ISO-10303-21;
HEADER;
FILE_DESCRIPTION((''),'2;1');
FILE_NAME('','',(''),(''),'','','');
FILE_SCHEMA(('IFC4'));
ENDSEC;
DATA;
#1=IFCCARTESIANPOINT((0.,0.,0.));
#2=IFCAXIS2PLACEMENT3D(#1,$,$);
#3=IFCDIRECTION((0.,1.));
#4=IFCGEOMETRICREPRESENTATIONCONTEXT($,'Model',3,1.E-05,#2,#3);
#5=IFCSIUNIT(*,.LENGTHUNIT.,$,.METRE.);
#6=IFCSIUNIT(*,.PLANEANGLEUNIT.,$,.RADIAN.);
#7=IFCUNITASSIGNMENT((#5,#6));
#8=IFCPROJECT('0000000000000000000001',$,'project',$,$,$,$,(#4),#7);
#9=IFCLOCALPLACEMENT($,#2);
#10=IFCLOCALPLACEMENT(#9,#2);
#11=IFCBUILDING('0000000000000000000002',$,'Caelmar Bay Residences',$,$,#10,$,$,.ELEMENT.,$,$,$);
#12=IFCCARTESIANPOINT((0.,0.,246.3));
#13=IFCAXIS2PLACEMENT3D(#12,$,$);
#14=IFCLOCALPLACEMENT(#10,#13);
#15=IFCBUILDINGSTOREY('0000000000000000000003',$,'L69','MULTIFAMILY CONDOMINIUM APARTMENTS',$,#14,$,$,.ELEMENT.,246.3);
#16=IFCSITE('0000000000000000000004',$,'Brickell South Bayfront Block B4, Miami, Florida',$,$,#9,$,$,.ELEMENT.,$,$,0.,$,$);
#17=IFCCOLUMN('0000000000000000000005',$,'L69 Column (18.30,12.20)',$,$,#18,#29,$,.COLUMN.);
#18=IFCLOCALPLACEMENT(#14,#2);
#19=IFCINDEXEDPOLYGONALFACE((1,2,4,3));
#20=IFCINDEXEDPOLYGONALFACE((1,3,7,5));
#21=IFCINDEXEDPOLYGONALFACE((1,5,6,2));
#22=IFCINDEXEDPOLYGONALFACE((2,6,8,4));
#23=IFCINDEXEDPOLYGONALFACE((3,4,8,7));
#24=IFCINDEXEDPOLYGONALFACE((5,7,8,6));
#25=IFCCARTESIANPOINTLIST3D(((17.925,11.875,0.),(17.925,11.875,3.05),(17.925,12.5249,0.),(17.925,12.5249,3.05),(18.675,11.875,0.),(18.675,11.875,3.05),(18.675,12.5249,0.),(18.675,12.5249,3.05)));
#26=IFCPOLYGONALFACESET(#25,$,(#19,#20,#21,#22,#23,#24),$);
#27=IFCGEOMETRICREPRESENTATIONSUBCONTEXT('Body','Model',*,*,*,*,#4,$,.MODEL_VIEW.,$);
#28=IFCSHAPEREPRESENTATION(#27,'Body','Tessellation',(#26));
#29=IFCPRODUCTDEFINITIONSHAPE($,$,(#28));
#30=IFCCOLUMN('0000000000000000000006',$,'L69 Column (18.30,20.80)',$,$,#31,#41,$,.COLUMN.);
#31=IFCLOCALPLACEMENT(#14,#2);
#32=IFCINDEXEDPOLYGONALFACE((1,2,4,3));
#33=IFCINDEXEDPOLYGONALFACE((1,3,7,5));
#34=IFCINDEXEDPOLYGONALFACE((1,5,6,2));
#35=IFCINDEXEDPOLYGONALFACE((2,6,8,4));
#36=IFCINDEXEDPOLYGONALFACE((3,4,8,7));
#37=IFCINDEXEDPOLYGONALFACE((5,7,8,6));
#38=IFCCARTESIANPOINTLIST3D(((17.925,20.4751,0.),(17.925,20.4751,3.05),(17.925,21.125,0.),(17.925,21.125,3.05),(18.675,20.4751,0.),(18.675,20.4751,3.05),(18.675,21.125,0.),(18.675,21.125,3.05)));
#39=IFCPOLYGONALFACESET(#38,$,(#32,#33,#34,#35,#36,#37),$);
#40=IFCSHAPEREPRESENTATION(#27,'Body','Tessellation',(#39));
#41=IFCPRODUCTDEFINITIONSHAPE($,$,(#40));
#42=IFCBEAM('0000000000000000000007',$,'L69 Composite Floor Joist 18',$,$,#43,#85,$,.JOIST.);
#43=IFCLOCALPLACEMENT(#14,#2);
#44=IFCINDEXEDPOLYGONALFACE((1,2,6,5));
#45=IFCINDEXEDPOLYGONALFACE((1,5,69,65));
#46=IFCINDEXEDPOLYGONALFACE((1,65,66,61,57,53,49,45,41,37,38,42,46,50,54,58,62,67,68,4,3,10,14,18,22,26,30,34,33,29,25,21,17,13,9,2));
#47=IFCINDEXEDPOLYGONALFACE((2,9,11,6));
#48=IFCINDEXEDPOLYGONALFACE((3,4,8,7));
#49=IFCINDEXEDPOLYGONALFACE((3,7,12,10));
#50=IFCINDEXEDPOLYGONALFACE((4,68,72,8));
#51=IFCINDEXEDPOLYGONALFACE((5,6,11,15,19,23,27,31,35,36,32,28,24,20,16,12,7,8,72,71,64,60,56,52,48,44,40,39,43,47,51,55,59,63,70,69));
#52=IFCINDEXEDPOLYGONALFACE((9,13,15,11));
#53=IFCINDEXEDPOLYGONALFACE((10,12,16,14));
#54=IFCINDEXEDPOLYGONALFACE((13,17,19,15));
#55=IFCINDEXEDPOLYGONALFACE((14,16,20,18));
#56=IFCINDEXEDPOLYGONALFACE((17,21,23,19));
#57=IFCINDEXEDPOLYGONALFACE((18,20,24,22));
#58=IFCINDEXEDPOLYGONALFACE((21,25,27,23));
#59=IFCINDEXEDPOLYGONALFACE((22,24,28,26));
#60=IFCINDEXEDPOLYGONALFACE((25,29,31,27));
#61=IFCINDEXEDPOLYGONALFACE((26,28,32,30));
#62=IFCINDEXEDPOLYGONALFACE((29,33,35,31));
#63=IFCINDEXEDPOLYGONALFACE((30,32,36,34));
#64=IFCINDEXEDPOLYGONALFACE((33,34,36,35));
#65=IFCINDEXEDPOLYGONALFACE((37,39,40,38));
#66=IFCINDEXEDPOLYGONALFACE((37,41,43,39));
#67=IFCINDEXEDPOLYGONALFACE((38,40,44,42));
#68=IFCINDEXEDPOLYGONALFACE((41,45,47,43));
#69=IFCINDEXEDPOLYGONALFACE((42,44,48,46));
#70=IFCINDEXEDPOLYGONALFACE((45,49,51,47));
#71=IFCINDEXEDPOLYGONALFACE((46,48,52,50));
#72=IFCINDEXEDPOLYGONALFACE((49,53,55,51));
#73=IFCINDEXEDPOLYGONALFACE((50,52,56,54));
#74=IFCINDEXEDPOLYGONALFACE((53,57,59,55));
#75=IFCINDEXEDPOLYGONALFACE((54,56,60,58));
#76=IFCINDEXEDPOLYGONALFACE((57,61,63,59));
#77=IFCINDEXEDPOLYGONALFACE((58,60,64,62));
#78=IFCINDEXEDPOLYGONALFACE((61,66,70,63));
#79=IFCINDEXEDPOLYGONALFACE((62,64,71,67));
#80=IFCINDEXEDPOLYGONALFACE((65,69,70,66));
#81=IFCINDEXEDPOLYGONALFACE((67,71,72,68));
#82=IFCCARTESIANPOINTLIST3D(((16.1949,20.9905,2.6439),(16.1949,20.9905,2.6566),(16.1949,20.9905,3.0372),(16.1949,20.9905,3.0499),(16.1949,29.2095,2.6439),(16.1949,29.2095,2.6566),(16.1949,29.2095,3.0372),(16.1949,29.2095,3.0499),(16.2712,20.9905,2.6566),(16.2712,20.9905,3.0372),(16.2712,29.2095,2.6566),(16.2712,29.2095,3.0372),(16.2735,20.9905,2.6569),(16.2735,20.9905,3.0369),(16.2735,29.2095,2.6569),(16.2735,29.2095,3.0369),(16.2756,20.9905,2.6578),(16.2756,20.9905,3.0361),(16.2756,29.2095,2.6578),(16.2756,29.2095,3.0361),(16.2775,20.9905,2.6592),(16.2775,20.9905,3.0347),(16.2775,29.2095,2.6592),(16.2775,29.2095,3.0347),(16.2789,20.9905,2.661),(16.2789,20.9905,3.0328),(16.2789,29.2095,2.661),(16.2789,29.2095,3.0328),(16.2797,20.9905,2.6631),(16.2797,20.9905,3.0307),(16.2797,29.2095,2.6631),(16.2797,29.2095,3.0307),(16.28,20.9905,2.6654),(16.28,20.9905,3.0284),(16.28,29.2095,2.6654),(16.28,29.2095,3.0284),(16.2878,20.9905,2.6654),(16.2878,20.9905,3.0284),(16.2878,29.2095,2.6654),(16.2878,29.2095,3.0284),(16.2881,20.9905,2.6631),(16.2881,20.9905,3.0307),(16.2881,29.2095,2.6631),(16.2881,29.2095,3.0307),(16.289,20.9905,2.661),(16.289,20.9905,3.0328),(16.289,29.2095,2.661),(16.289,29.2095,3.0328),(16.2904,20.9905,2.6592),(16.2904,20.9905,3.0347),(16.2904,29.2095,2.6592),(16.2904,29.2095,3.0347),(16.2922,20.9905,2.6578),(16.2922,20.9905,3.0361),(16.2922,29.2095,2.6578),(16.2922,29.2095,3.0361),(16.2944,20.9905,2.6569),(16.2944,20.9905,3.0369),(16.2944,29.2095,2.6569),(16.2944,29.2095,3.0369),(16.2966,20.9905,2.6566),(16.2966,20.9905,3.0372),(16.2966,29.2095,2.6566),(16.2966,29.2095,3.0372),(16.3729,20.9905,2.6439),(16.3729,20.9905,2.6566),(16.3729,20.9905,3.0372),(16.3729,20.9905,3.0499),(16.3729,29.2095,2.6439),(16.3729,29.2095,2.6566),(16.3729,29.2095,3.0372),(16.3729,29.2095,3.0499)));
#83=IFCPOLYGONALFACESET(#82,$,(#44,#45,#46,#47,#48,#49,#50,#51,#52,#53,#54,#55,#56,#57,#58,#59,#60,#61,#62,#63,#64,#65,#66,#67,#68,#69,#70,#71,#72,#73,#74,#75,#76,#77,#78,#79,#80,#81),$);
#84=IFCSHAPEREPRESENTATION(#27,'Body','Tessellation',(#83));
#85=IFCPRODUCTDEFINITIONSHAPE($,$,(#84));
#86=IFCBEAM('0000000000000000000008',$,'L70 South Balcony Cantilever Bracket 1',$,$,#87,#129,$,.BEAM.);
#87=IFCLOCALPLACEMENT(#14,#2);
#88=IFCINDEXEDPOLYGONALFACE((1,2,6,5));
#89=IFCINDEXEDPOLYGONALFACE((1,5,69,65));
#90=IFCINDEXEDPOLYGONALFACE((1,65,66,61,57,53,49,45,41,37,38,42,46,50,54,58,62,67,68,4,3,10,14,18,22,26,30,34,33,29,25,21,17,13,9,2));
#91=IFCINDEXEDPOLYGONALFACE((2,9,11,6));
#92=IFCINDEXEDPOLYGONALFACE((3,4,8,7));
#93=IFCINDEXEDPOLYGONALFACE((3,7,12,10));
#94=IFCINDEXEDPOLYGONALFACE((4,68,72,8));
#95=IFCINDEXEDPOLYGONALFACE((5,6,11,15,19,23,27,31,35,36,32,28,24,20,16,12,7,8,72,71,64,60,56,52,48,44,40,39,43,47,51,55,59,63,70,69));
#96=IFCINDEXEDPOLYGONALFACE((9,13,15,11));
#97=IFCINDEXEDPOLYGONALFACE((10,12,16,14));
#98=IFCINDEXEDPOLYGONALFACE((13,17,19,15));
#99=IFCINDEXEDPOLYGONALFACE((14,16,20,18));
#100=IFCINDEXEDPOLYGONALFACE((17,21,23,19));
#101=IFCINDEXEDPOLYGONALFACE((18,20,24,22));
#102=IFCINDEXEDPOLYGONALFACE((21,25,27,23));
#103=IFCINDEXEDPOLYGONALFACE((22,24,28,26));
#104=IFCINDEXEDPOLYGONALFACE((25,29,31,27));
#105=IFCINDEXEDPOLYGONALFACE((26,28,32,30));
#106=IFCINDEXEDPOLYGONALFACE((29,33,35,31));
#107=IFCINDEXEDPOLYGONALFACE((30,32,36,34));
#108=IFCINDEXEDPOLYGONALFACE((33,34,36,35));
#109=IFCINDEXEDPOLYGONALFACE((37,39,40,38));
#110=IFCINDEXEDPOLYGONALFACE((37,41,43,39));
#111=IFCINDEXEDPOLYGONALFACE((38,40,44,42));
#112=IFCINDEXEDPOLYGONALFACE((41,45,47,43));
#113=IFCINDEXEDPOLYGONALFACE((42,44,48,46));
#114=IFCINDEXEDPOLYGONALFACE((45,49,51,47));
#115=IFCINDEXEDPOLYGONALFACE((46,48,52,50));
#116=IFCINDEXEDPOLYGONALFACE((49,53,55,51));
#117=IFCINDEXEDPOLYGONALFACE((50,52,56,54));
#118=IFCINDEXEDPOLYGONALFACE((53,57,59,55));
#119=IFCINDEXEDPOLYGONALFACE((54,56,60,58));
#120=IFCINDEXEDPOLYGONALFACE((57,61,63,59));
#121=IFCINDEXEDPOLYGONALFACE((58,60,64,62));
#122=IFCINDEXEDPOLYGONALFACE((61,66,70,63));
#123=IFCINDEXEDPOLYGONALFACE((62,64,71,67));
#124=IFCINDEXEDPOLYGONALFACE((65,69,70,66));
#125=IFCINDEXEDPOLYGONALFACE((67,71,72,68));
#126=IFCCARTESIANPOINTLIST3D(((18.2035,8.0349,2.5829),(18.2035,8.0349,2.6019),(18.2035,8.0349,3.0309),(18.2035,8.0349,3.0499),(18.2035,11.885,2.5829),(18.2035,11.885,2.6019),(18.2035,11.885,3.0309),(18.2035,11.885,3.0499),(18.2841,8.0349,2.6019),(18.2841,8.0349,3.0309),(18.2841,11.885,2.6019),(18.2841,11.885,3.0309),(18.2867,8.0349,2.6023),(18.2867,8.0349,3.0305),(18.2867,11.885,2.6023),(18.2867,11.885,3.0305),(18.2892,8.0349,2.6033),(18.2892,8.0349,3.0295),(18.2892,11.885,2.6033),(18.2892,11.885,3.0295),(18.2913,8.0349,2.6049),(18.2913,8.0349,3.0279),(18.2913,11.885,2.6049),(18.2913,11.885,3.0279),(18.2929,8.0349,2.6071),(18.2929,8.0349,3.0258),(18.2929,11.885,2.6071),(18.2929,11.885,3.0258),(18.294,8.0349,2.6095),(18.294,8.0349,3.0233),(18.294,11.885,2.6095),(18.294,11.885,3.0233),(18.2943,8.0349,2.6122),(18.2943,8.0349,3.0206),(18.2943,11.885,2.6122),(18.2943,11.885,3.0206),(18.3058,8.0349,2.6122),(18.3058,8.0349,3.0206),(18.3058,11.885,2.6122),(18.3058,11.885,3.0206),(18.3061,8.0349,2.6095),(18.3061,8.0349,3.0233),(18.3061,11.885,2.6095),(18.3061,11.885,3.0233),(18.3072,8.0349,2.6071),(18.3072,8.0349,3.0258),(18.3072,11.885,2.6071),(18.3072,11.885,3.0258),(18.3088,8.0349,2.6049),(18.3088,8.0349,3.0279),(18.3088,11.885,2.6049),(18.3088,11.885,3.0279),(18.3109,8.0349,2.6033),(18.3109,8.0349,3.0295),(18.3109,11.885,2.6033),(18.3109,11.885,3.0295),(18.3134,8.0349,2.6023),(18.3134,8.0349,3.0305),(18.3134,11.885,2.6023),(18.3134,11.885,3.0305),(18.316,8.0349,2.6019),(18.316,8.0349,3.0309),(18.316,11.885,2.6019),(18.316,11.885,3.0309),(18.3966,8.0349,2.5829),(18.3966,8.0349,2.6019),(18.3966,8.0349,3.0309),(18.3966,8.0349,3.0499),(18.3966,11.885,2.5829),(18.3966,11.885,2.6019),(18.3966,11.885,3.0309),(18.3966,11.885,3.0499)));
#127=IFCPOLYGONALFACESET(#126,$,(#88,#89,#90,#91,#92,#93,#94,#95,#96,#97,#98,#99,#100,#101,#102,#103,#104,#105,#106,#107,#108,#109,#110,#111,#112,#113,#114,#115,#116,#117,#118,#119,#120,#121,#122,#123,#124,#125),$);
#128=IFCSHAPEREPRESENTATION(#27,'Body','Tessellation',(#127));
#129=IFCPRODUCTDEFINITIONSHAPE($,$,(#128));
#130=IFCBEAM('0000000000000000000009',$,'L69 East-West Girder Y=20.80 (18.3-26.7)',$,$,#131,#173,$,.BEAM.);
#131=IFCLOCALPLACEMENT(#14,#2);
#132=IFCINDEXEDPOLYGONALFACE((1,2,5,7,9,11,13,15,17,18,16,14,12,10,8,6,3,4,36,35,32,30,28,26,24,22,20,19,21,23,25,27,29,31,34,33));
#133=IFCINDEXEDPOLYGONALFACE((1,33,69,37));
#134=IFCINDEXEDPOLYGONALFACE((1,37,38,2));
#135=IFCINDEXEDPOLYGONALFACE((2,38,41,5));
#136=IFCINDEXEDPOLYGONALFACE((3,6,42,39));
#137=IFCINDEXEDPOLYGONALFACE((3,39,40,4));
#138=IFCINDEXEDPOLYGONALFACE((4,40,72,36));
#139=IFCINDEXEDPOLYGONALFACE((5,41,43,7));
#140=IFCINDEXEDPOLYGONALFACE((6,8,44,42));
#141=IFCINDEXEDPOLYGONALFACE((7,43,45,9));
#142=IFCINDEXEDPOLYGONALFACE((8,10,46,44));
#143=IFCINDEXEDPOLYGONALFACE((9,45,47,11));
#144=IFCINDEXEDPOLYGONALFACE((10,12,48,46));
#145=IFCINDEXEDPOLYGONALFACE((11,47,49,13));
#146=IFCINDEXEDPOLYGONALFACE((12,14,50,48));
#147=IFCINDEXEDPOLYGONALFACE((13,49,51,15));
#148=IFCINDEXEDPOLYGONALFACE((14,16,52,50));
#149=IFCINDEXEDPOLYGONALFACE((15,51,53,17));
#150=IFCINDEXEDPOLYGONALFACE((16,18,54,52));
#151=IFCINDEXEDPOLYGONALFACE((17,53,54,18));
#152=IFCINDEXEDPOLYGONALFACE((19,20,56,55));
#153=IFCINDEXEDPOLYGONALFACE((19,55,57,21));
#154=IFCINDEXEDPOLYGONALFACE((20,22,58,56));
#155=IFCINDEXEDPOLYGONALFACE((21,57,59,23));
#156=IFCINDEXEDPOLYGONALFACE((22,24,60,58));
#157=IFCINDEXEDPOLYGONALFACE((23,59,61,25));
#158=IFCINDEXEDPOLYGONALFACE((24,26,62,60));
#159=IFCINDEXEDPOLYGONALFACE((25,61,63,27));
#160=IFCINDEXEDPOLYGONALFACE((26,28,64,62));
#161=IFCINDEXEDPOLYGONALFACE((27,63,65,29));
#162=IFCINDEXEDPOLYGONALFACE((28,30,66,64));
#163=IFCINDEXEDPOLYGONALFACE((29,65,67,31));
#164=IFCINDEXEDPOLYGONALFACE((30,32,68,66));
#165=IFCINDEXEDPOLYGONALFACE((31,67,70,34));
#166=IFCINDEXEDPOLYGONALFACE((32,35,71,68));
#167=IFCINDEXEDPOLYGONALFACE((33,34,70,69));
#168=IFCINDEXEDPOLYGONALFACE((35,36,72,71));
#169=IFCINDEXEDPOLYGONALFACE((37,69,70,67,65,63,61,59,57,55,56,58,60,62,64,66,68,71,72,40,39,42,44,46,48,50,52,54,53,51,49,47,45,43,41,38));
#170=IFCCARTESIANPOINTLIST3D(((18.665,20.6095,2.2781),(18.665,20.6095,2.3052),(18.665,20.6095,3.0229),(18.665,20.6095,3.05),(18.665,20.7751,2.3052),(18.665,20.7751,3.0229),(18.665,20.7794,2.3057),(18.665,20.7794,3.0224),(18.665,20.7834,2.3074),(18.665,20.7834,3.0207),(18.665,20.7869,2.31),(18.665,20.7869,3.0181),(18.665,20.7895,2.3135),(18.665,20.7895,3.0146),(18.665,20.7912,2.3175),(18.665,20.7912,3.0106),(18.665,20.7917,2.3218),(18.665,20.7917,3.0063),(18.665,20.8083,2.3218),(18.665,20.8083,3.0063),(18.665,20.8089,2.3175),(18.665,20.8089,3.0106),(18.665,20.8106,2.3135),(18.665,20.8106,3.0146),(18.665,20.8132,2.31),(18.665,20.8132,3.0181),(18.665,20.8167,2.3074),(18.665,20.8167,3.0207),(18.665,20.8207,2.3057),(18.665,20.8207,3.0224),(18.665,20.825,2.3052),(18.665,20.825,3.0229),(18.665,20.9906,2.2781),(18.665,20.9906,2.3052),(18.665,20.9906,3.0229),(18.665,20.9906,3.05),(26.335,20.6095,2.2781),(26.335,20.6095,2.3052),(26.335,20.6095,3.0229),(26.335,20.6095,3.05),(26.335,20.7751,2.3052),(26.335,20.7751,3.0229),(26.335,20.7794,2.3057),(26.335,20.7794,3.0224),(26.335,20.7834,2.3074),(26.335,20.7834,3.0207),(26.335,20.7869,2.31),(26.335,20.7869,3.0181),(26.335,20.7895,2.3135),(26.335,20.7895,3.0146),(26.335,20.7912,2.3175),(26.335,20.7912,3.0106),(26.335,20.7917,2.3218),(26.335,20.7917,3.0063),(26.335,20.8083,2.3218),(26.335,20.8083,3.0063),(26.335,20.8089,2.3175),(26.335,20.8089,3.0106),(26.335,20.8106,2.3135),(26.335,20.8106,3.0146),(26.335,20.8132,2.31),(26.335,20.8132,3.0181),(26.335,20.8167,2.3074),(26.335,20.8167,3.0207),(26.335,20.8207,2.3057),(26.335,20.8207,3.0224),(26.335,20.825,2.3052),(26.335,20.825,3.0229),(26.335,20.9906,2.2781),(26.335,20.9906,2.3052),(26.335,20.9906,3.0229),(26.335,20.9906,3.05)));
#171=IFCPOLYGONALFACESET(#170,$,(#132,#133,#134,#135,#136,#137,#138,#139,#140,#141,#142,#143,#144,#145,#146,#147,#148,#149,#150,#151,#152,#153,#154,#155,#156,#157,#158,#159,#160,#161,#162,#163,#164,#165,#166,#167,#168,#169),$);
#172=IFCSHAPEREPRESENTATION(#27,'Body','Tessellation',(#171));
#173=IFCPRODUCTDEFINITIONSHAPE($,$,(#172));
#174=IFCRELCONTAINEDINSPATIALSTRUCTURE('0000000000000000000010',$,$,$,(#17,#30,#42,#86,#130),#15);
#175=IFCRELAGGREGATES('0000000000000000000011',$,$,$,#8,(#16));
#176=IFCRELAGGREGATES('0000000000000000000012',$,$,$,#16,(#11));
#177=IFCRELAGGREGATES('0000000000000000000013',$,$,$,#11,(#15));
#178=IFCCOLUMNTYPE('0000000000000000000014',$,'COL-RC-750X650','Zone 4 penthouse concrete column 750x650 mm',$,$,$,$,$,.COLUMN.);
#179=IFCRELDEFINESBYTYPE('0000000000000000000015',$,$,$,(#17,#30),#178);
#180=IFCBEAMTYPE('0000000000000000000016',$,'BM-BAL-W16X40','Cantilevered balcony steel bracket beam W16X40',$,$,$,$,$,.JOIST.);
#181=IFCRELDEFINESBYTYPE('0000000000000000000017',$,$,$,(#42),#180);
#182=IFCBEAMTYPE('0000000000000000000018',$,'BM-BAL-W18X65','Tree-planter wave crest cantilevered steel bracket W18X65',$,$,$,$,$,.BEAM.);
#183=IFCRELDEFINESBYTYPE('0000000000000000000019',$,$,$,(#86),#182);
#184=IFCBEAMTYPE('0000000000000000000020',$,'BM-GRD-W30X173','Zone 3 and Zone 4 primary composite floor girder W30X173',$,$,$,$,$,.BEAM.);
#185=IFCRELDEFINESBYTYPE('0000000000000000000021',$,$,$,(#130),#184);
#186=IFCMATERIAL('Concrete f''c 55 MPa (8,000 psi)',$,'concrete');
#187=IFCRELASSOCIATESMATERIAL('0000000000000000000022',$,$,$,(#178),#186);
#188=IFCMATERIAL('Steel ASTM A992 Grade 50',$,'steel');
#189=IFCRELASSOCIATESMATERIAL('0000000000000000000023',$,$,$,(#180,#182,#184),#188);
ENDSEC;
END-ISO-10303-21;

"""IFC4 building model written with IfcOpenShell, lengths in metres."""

from ifc_helpers import new_model, si_unit, direction, frame, origin, origin_2d, place, context, subcontext, project, spatial, rectangle, i_section, extrude, material, material_profile, profile_set, type_object, element, save


model = new_model("IFC4")

# Units and contexts
model_context = context("Model", 3, precision=1e-05, world=origin(), true_north=direction((0.0, 1.0)))
body_context = subcontext(model_context, "Body", "Model", "MODEL_VIEW")
ifc_project = project(units=[si_unit("LENGTHUNIT", "METRE"), si_unit("PLANEANGLEUNIT", "RADIAN")], contexts=[model_context])

# Site, building, storey
site_placement = place(None, origin())
site = spatial("IfcSite", under=ifc_project, at=site_placement, Name="Brickell South Bayfront Block B4, Miami, Florida", CompositionType="ELEMENT", RefElevation=0.0)
building_placement = place(site_placement, origin())
building = spatial("IfcBuilding", under=site, at=building_placement, Name="Caelmar Bay Residences", CompositionType="ELEMENT")
storey_placement = place(building_placement, frame((0.0, 0.0, 246.3)))
storey = spatial("IfcBuildingStorey", under=building, at=storey_placement, Name="L69", Description="MULTIFAMILY CONDOMINIUM APARTMENTS", CompositionType="ELEMENT", Elevation=246.3)

# Columns
ifc_material_1 = material(Name="Concrete f'c 55 MPa (8,000 psi)", Category="concrete")
ifc_material_profile_1 = material_profile(ifc_material_1, rectangle(XDim=0.75, YDim=0.6499, at=origin_2d()), Name="RC-COL-750X650")
ifc_profile_set_1 = profile_set([ifc_material_profile_1], Name="Concrete f'c 55 MPa (8,000 psi)")
column_type = type_object("IfcColumnType", Name="COL-RC-750X650", Description="Zone 4 penthouse concrete column 750x650 mm", PredefinedType="COLUMN", material=ifc_profile_set_1)
for number, where, z_axis, x_axis, name in (
    (1, (18.3, 12.2, 0.0), (0.0, 0.0, 1.0), (1.0, 0.0, 0.0), "L69 Column (18.30,12.20)"),
    (2, (18.3, 20.8, 0.0), (0.0, 0.0, 1.0), (1.0, 0.0, 0.0), "L69 Column (18.30,20.80)"),
):
    element("IfcColumn", number, at=place(storey_placement, frame(where, z_axis=z_axis, x_axis=x_axis)), inside=storey, type_object=column_type, Name=name, PredefinedType="COLUMN", context=body_context, shape_type="SweptSolid", body=[
        extrude(rectangle(XDim=0.75, YDim=0.6499, at=origin_2d()), origin(), (0.0, 0.0, 1.0), 3.05),
    ])

# Beams
ifc_material_2 = material(Name="Steel ASTM A992 Grade 50", Category="steel")
ifc_material_profile_2 = material_profile(ifc_material_2, i_section(OverallWidth=0.178, OverallDepth=0.406, WebThickness=0.0078, FlangeThickness=0.0127, FilletRadius=0.0088, at=origin_2d()), Name="W16X40")
ifc_profile_set_2 = profile_set([ifc_material_profile_2], Name="Steel ASTM A992 Grade 50")
beam_type_1 = type_object("IfcBeamType", Name="BM-BAL-W16X40", Description="Cantilevered balcony steel bracket beam W16X40", PredefinedType="JOIST", material=ifc_profile_set_2)
beam_1_placement = place(storey_placement, frame((16.2839, 20.9905, 2.8469), z_axis=(0.0, 1.0, 0.0), x_axis=(-1.0, 0.0, 0.0)))
element("IfcBeam", 3, at=beam_1_placement, inside=storey, type_object=beam_type_1, Name="L69 Composite Floor Joist 18", PredefinedType="JOIST", context=body_context, shape_type="SweptSolid", body=[
    extrude(i_section(OverallWidth=0.178, OverallDepth=0.406, WebThickness=0.0078, FlangeThickness=0.0127, FilletRadius=0.0088, at=origin_2d()), origin(), (0.0, 0.0, 1.0), 8.219),
])
ifc_material_profile_3 = material_profile(ifc_material_2, i_section(OverallWidth=0.1931, OverallDepth=0.467, WebThickness=0.0115, FlangeThickness=0.019, FilletRadius=0.0103, at=origin_2d()), Name="W18X65")
ifc_profile_set_3 = profile_set([ifc_material_profile_3], Name="Steel ASTM A992 Grade 50")
beam_type_2 = type_object("IfcBeamType", Name="BM-BAL-W18X65", Description="Tree-planter wave crest cantilevered steel bracket W18X65", PredefinedType="BEAM", material=ifc_profile_set_3)
beam_2_placement = place(storey_placement, frame((18.3, 11.885, 2.8164), z_axis=(0.0, -1.0, 0.0), x_axis=(1.0, 0.0, 0.0)))
element("IfcBeam", 4, at=beam_2_placement, inside=storey, type_object=beam_type_2, Name="L70 South Balcony Cantilever Bracket 1", PredefinedType="BEAM", context=body_context, shape_type="SweptSolid", body=[
    extrude(i_section(OverallWidth=0.1931, OverallDepth=0.467, WebThickness=0.0115, FlangeThickness=0.019, FilletRadius=0.0103, at=origin_2d()), origin(), (0.0, 0.0, 1.0), 3.8501),
])
ifc_material_profile_4 = material_profile(ifc_material_2, i_section(OverallWidth=0.3811, OverallDepth=0.772, WebThickness=0.0166, FlangeThickness=0.0271, FilletRadius=0.0166, at=origin_2d()), Name="W30X173")
ifc_profile_set_4 = profile_set([ifc_material_profile_4], Name="Steel ASTM A992 Grade 50")
beam_type_3 = type_object("IfcBeamType", Name="BM-GRD-W30X173", Description="Zone 3 and Zone 4 primary composite floor girder W30X173", PredefinedType="BEAM", material=ifc_profile_set_4)
beam_3_placement = place(storey_placement, frame((18.665, 20.8, 2.6641), z_axis=(1.0, 0.0, 0.0), x_axis=(0.0, 1.0, 0.0)))
element("IfcBeam", 5, at=beam_3_placement, inside=storey, type_object=beam_type_3, Name="L69 East-West Girder Y=20.80 (18.3-26.7)", PredefinedType="BEAM", context=body_context, shape_type="SweptSolid", body=[
    extrude(i_section(OverallWidth=0.3811, OverallDepth=0.772, WebThickness=0.0166, FlangeThickness=0.0271, FilletRadius=0.0166, at=origin_2d()), origin(), (0.0, 0.0, 1.0), 7.6699),
])

save(model, "model.ifc")
